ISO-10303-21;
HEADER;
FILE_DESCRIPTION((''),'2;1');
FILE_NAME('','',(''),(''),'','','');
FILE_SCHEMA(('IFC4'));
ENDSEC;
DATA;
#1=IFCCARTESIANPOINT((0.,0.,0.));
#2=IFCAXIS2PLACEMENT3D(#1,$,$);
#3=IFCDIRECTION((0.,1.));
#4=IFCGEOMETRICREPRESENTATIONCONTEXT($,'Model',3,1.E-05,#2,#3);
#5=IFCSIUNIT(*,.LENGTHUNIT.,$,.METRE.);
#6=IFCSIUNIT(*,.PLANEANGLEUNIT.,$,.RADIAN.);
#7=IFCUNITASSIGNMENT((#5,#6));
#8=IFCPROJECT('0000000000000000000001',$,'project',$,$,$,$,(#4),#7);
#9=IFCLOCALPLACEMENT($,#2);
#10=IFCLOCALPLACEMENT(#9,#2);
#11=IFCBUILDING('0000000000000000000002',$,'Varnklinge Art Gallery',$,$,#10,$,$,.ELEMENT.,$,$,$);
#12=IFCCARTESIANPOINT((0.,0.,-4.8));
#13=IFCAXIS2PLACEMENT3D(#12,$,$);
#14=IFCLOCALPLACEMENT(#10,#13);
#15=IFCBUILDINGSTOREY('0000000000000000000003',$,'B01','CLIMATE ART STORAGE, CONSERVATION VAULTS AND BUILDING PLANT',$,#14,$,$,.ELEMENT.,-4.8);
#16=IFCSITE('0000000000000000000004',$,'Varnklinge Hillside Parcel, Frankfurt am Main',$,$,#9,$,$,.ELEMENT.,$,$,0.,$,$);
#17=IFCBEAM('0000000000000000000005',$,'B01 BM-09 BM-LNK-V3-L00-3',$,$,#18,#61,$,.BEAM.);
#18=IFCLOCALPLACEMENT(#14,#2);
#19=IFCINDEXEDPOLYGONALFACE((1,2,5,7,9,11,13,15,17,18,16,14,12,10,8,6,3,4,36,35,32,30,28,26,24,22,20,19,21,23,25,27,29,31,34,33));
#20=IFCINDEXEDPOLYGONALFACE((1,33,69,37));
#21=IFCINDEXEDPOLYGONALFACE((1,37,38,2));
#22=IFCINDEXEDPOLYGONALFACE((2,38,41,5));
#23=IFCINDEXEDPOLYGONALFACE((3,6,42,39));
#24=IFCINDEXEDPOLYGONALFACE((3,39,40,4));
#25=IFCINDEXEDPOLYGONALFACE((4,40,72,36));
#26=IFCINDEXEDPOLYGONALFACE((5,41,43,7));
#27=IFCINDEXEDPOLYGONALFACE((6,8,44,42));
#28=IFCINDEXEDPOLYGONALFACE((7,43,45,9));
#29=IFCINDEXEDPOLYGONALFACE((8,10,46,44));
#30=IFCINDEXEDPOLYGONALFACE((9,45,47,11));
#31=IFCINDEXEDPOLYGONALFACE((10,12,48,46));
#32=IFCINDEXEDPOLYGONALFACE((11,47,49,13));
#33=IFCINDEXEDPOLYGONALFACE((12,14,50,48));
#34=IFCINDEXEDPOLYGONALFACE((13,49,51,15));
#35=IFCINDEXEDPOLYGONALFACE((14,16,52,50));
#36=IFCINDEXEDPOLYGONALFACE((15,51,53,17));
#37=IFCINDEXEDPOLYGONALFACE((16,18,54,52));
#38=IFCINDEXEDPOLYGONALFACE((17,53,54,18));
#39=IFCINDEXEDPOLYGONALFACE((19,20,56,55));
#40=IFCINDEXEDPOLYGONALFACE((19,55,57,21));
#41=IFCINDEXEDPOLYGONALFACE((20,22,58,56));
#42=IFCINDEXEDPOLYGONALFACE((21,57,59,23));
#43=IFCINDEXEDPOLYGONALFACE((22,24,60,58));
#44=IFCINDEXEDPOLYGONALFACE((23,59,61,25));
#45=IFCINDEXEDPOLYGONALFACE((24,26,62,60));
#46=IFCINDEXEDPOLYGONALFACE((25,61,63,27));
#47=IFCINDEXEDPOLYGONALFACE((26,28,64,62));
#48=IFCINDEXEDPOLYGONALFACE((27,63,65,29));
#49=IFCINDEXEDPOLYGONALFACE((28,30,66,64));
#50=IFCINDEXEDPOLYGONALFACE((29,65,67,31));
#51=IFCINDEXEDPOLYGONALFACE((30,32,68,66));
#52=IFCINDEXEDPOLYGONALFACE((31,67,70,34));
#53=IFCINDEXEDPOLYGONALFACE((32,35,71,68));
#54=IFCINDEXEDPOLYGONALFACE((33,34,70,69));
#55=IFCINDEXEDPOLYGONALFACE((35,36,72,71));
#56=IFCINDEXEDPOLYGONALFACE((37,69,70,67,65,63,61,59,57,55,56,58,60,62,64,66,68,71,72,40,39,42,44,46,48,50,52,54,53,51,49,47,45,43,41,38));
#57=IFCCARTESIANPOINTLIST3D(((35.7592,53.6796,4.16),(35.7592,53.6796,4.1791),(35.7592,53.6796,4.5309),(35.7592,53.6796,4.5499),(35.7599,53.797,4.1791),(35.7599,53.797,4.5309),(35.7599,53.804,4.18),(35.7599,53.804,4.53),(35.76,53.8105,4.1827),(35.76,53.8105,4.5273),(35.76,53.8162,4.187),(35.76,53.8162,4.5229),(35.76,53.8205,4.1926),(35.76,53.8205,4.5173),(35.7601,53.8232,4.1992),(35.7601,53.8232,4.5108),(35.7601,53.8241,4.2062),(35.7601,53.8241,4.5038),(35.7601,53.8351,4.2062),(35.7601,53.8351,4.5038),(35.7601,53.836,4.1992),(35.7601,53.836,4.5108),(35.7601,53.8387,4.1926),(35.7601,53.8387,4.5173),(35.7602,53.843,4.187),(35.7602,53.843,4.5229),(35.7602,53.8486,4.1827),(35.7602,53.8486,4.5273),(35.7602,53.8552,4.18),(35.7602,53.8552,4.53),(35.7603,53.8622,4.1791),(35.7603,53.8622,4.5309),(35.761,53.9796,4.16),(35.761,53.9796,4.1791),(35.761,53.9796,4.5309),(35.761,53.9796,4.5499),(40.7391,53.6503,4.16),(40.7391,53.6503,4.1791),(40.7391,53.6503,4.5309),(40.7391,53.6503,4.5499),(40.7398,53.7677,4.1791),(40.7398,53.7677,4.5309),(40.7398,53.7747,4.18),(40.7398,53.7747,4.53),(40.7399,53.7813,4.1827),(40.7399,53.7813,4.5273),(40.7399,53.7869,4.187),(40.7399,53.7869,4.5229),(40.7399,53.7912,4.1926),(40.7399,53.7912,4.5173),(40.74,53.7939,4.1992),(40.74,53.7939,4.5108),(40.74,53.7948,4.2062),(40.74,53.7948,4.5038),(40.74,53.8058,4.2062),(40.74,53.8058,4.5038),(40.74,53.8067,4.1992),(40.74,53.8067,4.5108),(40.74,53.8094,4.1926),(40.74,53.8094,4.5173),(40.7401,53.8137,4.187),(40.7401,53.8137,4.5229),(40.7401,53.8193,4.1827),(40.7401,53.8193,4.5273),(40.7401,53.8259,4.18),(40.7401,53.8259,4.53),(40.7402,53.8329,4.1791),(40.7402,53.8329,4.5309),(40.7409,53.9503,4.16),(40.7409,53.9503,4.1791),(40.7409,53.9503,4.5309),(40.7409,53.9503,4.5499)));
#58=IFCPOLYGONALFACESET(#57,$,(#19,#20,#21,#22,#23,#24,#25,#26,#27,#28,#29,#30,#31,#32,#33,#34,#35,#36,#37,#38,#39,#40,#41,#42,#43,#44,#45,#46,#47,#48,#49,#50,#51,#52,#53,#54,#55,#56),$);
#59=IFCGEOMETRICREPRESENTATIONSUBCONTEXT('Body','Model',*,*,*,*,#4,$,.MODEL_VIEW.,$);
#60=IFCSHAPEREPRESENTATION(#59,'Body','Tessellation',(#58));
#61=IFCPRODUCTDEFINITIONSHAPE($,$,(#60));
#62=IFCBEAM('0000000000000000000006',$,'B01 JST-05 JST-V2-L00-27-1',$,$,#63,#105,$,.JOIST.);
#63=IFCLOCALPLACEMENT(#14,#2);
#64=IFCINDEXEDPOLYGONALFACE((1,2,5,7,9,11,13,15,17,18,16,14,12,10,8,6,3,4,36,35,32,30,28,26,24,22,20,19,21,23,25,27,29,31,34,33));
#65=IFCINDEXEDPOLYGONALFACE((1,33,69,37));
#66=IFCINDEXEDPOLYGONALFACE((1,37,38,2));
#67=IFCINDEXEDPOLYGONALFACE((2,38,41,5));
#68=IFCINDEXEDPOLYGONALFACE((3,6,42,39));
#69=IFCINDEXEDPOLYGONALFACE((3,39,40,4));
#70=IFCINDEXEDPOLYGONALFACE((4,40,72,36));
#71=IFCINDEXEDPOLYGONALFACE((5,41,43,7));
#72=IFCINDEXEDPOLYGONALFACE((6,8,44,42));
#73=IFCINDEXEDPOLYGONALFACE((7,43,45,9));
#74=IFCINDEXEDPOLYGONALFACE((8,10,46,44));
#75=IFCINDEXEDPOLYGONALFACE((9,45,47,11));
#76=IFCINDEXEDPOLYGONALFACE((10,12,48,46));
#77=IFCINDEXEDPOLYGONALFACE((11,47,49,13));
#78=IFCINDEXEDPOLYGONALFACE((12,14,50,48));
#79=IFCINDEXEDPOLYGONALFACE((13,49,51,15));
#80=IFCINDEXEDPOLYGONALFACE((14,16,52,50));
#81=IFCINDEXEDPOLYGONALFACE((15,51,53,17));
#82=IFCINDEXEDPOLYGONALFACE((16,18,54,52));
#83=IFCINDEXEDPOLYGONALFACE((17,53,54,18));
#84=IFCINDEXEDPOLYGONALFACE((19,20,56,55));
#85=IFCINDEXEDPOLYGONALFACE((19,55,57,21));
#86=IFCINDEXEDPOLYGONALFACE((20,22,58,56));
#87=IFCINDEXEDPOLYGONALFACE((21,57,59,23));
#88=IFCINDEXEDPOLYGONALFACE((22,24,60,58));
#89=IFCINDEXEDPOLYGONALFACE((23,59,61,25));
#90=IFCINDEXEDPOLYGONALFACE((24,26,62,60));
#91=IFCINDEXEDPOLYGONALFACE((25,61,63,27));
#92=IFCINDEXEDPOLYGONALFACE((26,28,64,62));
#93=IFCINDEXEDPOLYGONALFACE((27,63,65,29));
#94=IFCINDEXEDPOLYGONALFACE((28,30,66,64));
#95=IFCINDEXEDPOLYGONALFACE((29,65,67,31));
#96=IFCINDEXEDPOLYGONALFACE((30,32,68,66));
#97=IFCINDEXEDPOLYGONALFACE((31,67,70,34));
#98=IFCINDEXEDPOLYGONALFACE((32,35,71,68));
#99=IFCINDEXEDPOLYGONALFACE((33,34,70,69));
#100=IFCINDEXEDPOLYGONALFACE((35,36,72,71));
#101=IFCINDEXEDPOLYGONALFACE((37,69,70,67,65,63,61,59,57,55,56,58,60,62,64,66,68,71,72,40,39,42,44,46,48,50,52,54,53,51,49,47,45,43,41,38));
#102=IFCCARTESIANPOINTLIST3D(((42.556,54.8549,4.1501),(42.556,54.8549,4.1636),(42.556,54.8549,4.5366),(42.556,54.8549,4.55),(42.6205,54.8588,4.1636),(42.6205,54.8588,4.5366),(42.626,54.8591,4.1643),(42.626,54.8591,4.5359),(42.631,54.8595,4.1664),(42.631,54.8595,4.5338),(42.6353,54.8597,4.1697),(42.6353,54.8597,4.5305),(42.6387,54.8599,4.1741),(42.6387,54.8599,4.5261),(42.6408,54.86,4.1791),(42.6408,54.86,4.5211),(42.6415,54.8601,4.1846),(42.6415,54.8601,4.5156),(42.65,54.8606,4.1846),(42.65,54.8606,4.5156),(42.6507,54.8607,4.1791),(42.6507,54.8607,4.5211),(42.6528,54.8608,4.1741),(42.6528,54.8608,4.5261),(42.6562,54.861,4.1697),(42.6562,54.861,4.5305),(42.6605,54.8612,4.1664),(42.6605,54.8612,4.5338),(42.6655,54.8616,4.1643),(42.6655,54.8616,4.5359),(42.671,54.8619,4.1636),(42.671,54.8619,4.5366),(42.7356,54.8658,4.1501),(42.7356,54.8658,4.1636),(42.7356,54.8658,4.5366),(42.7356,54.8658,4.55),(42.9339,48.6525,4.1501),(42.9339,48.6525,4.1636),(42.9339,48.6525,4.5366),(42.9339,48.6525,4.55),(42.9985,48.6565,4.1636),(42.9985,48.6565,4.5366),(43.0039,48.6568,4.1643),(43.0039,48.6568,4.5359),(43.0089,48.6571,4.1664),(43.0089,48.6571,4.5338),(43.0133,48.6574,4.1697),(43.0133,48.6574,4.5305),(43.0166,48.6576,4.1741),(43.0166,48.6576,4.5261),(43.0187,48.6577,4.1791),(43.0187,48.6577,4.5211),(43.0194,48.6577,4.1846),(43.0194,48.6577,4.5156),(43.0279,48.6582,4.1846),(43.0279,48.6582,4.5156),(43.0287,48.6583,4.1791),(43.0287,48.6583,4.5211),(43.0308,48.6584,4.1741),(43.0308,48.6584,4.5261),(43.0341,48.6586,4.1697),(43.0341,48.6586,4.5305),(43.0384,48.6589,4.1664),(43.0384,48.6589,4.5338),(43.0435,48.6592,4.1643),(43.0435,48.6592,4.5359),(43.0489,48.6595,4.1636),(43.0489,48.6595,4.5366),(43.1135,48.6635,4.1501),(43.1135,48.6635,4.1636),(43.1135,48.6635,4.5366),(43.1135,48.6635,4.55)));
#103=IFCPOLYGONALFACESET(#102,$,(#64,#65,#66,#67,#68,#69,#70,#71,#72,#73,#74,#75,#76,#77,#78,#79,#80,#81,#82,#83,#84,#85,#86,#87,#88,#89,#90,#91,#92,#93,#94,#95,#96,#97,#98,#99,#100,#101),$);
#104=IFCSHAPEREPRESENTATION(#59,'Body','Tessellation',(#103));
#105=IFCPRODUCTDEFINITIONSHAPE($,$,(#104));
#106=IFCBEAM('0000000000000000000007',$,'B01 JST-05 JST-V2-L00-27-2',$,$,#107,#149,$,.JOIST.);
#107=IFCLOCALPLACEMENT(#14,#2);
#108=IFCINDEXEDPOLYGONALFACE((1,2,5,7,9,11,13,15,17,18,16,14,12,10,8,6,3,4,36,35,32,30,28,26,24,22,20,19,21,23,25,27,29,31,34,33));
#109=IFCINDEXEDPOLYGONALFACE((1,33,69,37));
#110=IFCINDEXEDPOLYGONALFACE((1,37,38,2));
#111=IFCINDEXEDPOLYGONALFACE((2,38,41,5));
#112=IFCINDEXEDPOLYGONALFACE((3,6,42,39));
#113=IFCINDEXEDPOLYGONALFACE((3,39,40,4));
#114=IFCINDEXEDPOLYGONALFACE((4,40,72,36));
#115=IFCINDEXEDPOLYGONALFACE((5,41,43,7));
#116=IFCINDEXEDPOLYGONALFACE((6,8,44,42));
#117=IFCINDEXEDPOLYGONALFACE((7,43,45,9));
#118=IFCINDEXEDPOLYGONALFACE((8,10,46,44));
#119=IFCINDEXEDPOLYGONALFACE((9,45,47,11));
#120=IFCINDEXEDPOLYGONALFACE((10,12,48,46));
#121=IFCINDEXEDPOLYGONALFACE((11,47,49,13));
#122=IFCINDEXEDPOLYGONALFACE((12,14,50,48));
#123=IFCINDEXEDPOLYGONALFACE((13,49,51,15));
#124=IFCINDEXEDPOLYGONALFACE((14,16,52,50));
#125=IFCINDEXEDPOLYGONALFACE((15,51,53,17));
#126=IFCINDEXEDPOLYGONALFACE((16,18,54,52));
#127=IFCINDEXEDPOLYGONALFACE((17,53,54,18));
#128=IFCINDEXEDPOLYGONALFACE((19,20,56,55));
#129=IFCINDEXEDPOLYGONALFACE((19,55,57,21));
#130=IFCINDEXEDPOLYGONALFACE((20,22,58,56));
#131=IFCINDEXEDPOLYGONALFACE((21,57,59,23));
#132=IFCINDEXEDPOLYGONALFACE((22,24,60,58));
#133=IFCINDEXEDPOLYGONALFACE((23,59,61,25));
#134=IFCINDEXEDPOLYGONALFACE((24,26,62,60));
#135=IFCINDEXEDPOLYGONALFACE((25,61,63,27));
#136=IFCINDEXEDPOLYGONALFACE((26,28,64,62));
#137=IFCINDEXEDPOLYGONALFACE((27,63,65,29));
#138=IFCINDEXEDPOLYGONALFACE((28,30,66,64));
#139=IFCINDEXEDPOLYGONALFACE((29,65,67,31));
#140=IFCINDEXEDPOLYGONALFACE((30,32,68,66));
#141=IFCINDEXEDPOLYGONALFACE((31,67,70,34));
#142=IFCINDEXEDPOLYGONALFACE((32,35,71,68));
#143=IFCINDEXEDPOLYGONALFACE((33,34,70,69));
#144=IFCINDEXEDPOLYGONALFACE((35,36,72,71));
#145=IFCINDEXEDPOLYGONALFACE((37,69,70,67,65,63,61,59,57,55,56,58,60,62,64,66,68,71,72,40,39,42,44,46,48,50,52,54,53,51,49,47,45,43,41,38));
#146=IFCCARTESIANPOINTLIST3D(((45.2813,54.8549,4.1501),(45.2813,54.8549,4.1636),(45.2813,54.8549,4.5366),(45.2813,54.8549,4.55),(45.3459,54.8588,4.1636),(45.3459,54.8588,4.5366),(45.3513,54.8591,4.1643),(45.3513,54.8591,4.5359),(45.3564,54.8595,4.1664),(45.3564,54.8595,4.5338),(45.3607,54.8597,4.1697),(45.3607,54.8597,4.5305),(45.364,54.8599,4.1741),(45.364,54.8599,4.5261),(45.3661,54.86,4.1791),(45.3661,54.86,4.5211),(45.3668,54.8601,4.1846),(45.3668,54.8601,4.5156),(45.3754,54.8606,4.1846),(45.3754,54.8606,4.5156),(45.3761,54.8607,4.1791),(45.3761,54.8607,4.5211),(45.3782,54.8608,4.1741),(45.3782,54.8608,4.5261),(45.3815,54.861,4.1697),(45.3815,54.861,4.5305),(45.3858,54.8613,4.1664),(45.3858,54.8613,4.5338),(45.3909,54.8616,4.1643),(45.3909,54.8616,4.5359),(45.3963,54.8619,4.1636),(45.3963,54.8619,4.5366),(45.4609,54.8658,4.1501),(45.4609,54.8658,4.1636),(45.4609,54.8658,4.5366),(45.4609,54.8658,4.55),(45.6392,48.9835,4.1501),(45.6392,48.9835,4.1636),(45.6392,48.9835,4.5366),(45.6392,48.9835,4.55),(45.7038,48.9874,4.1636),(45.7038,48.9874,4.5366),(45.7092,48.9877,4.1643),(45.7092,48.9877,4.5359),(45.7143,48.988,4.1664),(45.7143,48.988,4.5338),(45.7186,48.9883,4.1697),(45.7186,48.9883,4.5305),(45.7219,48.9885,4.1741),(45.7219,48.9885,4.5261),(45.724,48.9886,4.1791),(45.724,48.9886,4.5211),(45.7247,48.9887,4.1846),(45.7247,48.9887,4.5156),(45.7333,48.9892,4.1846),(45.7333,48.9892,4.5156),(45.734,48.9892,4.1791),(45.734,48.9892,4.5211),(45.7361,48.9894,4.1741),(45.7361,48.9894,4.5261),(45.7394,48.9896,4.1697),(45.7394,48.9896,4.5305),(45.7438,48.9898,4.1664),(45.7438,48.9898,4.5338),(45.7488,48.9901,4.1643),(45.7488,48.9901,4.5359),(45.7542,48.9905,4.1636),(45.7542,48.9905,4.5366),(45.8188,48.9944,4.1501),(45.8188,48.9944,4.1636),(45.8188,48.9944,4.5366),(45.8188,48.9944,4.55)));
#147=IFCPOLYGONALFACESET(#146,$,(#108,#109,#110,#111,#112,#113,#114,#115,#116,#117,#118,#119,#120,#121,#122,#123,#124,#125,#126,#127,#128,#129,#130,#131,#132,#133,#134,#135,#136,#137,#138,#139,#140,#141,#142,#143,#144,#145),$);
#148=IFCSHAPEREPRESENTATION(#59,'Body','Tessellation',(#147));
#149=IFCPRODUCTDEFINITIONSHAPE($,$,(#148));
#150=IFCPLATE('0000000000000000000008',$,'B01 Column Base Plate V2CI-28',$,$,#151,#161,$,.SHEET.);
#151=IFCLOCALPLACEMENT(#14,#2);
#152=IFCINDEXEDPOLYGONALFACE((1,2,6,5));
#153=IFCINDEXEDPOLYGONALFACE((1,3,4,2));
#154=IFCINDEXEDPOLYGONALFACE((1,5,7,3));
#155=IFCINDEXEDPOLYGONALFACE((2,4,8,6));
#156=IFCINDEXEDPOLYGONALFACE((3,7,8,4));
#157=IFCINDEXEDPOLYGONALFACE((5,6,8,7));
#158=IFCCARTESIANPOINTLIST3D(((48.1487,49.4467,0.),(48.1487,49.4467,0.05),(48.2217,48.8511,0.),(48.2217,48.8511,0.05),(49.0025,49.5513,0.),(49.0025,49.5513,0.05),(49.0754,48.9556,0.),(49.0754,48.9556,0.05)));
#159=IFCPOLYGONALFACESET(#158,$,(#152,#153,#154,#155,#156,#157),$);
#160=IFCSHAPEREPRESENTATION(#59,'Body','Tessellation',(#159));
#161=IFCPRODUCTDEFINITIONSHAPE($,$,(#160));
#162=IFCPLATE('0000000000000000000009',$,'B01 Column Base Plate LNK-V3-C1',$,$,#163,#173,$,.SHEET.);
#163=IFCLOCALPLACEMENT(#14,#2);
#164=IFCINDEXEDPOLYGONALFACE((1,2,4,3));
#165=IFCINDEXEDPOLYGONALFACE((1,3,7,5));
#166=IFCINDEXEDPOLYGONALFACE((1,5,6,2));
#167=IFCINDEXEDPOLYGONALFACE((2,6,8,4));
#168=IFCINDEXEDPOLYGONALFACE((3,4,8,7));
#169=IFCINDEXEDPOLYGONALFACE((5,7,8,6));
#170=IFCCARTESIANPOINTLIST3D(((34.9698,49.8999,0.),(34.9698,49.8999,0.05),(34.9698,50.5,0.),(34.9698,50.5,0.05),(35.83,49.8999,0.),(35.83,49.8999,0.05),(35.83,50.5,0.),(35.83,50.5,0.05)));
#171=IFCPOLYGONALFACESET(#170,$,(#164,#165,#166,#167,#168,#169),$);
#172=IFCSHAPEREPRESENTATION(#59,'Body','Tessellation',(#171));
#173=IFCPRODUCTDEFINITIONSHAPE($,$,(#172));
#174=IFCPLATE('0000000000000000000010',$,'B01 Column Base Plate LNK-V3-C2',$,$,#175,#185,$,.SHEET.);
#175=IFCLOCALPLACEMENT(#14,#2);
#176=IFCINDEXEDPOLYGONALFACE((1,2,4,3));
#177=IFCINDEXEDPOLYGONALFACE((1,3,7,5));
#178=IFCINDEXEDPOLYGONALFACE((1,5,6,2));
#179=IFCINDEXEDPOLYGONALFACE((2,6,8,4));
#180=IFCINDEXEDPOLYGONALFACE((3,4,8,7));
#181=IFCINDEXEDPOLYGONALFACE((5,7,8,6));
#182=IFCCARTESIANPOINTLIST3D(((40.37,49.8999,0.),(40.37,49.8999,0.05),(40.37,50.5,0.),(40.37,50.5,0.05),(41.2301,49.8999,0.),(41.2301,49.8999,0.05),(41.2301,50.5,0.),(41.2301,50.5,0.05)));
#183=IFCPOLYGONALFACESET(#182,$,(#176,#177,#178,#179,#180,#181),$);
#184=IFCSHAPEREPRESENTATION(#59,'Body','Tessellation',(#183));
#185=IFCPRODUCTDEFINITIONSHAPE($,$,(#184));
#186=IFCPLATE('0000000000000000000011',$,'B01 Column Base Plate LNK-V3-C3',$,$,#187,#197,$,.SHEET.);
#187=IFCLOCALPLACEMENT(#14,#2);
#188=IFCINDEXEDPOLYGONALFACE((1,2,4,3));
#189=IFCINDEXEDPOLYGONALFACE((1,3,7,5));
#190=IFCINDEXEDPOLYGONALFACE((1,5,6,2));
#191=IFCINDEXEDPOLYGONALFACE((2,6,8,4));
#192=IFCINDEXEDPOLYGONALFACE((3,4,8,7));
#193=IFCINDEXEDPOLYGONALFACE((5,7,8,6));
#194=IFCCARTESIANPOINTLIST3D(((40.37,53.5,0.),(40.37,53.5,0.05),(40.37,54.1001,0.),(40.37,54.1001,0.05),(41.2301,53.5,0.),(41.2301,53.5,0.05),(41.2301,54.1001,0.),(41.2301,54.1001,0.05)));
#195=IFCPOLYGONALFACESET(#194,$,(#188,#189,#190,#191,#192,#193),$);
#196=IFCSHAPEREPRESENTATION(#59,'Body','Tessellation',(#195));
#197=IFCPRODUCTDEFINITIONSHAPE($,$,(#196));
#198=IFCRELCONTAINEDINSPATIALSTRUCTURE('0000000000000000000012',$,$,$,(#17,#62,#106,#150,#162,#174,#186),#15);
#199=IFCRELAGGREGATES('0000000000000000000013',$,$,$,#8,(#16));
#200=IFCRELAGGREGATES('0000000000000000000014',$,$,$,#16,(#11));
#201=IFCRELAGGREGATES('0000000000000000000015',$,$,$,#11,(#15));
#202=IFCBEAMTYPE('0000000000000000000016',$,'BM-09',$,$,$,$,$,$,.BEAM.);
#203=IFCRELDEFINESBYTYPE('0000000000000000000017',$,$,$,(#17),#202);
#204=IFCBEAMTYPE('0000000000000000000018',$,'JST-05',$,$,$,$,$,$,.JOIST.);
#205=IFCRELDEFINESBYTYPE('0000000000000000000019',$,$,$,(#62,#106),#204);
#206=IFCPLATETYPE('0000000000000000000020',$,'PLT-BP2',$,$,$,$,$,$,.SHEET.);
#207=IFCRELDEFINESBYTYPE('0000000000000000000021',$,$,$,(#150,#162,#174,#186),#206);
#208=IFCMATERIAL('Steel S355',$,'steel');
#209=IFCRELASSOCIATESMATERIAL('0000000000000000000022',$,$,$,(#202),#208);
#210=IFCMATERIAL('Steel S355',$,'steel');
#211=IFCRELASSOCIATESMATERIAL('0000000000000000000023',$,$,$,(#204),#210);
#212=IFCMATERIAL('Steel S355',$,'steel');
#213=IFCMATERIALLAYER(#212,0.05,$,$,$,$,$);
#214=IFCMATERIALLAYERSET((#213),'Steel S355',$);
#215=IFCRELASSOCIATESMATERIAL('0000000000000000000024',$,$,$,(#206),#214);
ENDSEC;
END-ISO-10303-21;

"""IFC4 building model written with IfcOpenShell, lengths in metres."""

from ifc_helpers import new_model, si_unit, direction, frame, origin, origin_2d, place, context, subcontext, project, spatial, rectangle, i_section, extrude, material, layer, layer_set, material_profile, profile_set, type_object, element, save


model = new_model("IFC4")

# Units and contexts
model_context = context("Model", 3, precision=1e-05, world=origin(), true_north=direction((0.0, 1.0)))
body_context = subcontext(model_context, "Body", "Model", "MODEL_VIEW")
ifc_project = project(units=[si_unit("LENGTHUNIT", "METRE"), si_unit("PLANEANGLEUNIT", "RADIAN")], contexts=[model_context])

# Site, building, storey
site_placement = place(None, origin())
site = spatial("IfcSite", under=ifc_project, at=site_placement, Name="Varnklinge Hillside Parcel, Frankfurt am Main", CompositionType="ELEMENT", RefElevation=0.0)
building_placement = place(site_placement, origin())
building = spatial("IfcBuilding", under=site, at=building_placement, Name="Varnklinge Art Gallery", CompositionType="ELEMENT")
storey_placement = place(building_placement, frame((0.0, 0.0, -4.8)))
storey = spatial("IfcBuildingStorey", under=building, at=storey_placement, Name="B01", Description="CLIMATE ART STORAGE, CONSERVATION VAULTS AND BUILDING PLANT", CompositionType="ELEMENT", Elevation=-4.8)

# Beams
ifc_material_1 = material(Name="Steel S355", Category="steel")
ifc_material_profile_1 = material_profile(ifc_material_1, i_section(OverallWidth=0.3, OverallDepth=0.3899, WebThickness=0.011, FlangeThickness=0.019, FilletRadius=0.0271, at=origin_2d()), Name="HEA 400")
ifc_profile_set_1 = profile_set([ifc_material_profile_1], Name="Steel S355")
beam_type_1 = type_object("IfcBeamType", Name="BM-09", PredefinedType="BEAM", material=ifc_profile_set_1)
beam_1_placement = place(storey_placement, frame((40.74, 53.8003, 4.355), z_axis=(-0.999983, 0.005883, 0.0), x_axis=(-0.005883, -0.999983, 0.0)))
element("IfcBeam", 1, at=beam_1_placement, inside=storey, type_object=beam_type_1, Name="B01 BM-09 BM-LNK-V3-L00-3", PredefinedType="BEAM", context=body_context, shape_type="SweptSolid", body=[
    extrude(i_section(OverallWidth=0.3, OverallDepth=0.3899, WebThickness=0.011, FlangeThickness=0.019, FilletRadius=0.0271, at=origin_2d()), origin(), (0.0, 0.0, 1.0), 4.98),
])
ifc_material_2 = material(Name="Steel S355", Category="steel")
ifc_material_profile_2 = material_profile(ifc_material_2, i_section(OverallWidth=0.1799, OverallDepth=0.3999, WebThickness=0.0085, FlangeThickness=0.0134, FilletRadius=0.021, at=origin_2d()), Name="IPE 400")
ifc_profile_set_2 = profile_set([ifc_material_profile_2], Name="Steel S355")
beam_type_2 = type_object("IfcBeamType", Name="JST-05", PredefinedType="JOIST", material=ifc_profile_set_2)
beam_2_placement = place(storey_placement, frame((42.6458, 54.8604, 4.3501), z_axis=(0.06082, -0.998149, 0.0), x_axis=(0.998149, 0.06082, 0.0)))
element("IfcBeam", 2, at=beam_2_placement, inside=storey, type_object=beam_type_2, Name="B01 JST-05 JST-V2-L00-27-1", PredefinedType="JOIST", context=body_context, shape_type="SweptSolid", body=[
    extrude(i_section(OverallWidth=0.1799, OverallDepth=0.3999, WebThickness=0.0085, FlangeThickness=0.0134, FilletRadius=0.021, at=origin_2d()), origin(), (0.0, 0.0, 1.0), 6.2139),
])
beam_3_placement = place(storey_placement, frame((45.3711, 54.8604, 4.3501), z_axis=(0.060846, -0.998147, 0.0), x_axis=(0.998147, 0.060846, 0.0)))
element("IfcBeam", 3, at=beam_3_placement, inside=storey, type_object=beam_type_2, Name="B01 JST-05 JST-V2-L00-27-2", PredefinedType="JOIST", context=body_context, shape_type="SweptSolid", body=[
    extrude(i_section(OverallWidth=0.1799, OverallDepth=0.3999, WebThickness=0.0085, FlangeThickness=0.0134, FilletRadius=0.021, at=origin_2d()), origin(), (0.0, 0.0, 1.0), 5.8823),
])

# Plates
ifc_material_3 = material(Name="Steel S355", Category="steel")
ifc_layer_1 = layer(ifc_material_3, 0.05)
ifc_layer_set_1 = layer_set([ifc_layer_1], Name="Steel S355")
plate_type_1 = type_object("IfcPlateType", Name="PLT-BP2", PredefinedType="SHEET", material=ifc_layer_set_1)
for number, where, z_axis, x_axis, name in (
    (4, (48.6121, 49.2012, 0.0), (0.0, 0.0, 1.0), (0.992589, 0.121523, 0.0), "B01 Column Base Plate V2CI-28"),
    (5, (35.3999, 50.2, 0.0), (0.0, 0.0, 1.0), (1.0, 0.0, 0.0), "B01 Column Base Plate LNK-V3-C1"),
    (6, (40.8, 50.2, 0.0), (0.0, 0.0, 1.0), (1.0, 0.0, 0.0), "B01 Column Base Plate LNK-V3-C2"),
    (7, (40.8, 53.8, 0.0), (0.0, 0.0, 1.0), (1.0, 0.0, 0.0), "B01 Column Base Plate LNK-V3-C3"),
):
    element("IfcPlate", number, at=place(storey_placement, frame(where, z_axis=z_axis, x_axis=x_axis)), inside=storey, type_object=plate_type_1, Name=name, PredefinedType="SHEET", context=body_context, shape_type="SweptSolid", body=[
        extrude(rectangle(XDim=0.8601, YDim=0.6001, at=origin_2d()), origin(), (0.0, 0.0, 1.0), 0.05),
    ])

save(model, "model.ifc")
